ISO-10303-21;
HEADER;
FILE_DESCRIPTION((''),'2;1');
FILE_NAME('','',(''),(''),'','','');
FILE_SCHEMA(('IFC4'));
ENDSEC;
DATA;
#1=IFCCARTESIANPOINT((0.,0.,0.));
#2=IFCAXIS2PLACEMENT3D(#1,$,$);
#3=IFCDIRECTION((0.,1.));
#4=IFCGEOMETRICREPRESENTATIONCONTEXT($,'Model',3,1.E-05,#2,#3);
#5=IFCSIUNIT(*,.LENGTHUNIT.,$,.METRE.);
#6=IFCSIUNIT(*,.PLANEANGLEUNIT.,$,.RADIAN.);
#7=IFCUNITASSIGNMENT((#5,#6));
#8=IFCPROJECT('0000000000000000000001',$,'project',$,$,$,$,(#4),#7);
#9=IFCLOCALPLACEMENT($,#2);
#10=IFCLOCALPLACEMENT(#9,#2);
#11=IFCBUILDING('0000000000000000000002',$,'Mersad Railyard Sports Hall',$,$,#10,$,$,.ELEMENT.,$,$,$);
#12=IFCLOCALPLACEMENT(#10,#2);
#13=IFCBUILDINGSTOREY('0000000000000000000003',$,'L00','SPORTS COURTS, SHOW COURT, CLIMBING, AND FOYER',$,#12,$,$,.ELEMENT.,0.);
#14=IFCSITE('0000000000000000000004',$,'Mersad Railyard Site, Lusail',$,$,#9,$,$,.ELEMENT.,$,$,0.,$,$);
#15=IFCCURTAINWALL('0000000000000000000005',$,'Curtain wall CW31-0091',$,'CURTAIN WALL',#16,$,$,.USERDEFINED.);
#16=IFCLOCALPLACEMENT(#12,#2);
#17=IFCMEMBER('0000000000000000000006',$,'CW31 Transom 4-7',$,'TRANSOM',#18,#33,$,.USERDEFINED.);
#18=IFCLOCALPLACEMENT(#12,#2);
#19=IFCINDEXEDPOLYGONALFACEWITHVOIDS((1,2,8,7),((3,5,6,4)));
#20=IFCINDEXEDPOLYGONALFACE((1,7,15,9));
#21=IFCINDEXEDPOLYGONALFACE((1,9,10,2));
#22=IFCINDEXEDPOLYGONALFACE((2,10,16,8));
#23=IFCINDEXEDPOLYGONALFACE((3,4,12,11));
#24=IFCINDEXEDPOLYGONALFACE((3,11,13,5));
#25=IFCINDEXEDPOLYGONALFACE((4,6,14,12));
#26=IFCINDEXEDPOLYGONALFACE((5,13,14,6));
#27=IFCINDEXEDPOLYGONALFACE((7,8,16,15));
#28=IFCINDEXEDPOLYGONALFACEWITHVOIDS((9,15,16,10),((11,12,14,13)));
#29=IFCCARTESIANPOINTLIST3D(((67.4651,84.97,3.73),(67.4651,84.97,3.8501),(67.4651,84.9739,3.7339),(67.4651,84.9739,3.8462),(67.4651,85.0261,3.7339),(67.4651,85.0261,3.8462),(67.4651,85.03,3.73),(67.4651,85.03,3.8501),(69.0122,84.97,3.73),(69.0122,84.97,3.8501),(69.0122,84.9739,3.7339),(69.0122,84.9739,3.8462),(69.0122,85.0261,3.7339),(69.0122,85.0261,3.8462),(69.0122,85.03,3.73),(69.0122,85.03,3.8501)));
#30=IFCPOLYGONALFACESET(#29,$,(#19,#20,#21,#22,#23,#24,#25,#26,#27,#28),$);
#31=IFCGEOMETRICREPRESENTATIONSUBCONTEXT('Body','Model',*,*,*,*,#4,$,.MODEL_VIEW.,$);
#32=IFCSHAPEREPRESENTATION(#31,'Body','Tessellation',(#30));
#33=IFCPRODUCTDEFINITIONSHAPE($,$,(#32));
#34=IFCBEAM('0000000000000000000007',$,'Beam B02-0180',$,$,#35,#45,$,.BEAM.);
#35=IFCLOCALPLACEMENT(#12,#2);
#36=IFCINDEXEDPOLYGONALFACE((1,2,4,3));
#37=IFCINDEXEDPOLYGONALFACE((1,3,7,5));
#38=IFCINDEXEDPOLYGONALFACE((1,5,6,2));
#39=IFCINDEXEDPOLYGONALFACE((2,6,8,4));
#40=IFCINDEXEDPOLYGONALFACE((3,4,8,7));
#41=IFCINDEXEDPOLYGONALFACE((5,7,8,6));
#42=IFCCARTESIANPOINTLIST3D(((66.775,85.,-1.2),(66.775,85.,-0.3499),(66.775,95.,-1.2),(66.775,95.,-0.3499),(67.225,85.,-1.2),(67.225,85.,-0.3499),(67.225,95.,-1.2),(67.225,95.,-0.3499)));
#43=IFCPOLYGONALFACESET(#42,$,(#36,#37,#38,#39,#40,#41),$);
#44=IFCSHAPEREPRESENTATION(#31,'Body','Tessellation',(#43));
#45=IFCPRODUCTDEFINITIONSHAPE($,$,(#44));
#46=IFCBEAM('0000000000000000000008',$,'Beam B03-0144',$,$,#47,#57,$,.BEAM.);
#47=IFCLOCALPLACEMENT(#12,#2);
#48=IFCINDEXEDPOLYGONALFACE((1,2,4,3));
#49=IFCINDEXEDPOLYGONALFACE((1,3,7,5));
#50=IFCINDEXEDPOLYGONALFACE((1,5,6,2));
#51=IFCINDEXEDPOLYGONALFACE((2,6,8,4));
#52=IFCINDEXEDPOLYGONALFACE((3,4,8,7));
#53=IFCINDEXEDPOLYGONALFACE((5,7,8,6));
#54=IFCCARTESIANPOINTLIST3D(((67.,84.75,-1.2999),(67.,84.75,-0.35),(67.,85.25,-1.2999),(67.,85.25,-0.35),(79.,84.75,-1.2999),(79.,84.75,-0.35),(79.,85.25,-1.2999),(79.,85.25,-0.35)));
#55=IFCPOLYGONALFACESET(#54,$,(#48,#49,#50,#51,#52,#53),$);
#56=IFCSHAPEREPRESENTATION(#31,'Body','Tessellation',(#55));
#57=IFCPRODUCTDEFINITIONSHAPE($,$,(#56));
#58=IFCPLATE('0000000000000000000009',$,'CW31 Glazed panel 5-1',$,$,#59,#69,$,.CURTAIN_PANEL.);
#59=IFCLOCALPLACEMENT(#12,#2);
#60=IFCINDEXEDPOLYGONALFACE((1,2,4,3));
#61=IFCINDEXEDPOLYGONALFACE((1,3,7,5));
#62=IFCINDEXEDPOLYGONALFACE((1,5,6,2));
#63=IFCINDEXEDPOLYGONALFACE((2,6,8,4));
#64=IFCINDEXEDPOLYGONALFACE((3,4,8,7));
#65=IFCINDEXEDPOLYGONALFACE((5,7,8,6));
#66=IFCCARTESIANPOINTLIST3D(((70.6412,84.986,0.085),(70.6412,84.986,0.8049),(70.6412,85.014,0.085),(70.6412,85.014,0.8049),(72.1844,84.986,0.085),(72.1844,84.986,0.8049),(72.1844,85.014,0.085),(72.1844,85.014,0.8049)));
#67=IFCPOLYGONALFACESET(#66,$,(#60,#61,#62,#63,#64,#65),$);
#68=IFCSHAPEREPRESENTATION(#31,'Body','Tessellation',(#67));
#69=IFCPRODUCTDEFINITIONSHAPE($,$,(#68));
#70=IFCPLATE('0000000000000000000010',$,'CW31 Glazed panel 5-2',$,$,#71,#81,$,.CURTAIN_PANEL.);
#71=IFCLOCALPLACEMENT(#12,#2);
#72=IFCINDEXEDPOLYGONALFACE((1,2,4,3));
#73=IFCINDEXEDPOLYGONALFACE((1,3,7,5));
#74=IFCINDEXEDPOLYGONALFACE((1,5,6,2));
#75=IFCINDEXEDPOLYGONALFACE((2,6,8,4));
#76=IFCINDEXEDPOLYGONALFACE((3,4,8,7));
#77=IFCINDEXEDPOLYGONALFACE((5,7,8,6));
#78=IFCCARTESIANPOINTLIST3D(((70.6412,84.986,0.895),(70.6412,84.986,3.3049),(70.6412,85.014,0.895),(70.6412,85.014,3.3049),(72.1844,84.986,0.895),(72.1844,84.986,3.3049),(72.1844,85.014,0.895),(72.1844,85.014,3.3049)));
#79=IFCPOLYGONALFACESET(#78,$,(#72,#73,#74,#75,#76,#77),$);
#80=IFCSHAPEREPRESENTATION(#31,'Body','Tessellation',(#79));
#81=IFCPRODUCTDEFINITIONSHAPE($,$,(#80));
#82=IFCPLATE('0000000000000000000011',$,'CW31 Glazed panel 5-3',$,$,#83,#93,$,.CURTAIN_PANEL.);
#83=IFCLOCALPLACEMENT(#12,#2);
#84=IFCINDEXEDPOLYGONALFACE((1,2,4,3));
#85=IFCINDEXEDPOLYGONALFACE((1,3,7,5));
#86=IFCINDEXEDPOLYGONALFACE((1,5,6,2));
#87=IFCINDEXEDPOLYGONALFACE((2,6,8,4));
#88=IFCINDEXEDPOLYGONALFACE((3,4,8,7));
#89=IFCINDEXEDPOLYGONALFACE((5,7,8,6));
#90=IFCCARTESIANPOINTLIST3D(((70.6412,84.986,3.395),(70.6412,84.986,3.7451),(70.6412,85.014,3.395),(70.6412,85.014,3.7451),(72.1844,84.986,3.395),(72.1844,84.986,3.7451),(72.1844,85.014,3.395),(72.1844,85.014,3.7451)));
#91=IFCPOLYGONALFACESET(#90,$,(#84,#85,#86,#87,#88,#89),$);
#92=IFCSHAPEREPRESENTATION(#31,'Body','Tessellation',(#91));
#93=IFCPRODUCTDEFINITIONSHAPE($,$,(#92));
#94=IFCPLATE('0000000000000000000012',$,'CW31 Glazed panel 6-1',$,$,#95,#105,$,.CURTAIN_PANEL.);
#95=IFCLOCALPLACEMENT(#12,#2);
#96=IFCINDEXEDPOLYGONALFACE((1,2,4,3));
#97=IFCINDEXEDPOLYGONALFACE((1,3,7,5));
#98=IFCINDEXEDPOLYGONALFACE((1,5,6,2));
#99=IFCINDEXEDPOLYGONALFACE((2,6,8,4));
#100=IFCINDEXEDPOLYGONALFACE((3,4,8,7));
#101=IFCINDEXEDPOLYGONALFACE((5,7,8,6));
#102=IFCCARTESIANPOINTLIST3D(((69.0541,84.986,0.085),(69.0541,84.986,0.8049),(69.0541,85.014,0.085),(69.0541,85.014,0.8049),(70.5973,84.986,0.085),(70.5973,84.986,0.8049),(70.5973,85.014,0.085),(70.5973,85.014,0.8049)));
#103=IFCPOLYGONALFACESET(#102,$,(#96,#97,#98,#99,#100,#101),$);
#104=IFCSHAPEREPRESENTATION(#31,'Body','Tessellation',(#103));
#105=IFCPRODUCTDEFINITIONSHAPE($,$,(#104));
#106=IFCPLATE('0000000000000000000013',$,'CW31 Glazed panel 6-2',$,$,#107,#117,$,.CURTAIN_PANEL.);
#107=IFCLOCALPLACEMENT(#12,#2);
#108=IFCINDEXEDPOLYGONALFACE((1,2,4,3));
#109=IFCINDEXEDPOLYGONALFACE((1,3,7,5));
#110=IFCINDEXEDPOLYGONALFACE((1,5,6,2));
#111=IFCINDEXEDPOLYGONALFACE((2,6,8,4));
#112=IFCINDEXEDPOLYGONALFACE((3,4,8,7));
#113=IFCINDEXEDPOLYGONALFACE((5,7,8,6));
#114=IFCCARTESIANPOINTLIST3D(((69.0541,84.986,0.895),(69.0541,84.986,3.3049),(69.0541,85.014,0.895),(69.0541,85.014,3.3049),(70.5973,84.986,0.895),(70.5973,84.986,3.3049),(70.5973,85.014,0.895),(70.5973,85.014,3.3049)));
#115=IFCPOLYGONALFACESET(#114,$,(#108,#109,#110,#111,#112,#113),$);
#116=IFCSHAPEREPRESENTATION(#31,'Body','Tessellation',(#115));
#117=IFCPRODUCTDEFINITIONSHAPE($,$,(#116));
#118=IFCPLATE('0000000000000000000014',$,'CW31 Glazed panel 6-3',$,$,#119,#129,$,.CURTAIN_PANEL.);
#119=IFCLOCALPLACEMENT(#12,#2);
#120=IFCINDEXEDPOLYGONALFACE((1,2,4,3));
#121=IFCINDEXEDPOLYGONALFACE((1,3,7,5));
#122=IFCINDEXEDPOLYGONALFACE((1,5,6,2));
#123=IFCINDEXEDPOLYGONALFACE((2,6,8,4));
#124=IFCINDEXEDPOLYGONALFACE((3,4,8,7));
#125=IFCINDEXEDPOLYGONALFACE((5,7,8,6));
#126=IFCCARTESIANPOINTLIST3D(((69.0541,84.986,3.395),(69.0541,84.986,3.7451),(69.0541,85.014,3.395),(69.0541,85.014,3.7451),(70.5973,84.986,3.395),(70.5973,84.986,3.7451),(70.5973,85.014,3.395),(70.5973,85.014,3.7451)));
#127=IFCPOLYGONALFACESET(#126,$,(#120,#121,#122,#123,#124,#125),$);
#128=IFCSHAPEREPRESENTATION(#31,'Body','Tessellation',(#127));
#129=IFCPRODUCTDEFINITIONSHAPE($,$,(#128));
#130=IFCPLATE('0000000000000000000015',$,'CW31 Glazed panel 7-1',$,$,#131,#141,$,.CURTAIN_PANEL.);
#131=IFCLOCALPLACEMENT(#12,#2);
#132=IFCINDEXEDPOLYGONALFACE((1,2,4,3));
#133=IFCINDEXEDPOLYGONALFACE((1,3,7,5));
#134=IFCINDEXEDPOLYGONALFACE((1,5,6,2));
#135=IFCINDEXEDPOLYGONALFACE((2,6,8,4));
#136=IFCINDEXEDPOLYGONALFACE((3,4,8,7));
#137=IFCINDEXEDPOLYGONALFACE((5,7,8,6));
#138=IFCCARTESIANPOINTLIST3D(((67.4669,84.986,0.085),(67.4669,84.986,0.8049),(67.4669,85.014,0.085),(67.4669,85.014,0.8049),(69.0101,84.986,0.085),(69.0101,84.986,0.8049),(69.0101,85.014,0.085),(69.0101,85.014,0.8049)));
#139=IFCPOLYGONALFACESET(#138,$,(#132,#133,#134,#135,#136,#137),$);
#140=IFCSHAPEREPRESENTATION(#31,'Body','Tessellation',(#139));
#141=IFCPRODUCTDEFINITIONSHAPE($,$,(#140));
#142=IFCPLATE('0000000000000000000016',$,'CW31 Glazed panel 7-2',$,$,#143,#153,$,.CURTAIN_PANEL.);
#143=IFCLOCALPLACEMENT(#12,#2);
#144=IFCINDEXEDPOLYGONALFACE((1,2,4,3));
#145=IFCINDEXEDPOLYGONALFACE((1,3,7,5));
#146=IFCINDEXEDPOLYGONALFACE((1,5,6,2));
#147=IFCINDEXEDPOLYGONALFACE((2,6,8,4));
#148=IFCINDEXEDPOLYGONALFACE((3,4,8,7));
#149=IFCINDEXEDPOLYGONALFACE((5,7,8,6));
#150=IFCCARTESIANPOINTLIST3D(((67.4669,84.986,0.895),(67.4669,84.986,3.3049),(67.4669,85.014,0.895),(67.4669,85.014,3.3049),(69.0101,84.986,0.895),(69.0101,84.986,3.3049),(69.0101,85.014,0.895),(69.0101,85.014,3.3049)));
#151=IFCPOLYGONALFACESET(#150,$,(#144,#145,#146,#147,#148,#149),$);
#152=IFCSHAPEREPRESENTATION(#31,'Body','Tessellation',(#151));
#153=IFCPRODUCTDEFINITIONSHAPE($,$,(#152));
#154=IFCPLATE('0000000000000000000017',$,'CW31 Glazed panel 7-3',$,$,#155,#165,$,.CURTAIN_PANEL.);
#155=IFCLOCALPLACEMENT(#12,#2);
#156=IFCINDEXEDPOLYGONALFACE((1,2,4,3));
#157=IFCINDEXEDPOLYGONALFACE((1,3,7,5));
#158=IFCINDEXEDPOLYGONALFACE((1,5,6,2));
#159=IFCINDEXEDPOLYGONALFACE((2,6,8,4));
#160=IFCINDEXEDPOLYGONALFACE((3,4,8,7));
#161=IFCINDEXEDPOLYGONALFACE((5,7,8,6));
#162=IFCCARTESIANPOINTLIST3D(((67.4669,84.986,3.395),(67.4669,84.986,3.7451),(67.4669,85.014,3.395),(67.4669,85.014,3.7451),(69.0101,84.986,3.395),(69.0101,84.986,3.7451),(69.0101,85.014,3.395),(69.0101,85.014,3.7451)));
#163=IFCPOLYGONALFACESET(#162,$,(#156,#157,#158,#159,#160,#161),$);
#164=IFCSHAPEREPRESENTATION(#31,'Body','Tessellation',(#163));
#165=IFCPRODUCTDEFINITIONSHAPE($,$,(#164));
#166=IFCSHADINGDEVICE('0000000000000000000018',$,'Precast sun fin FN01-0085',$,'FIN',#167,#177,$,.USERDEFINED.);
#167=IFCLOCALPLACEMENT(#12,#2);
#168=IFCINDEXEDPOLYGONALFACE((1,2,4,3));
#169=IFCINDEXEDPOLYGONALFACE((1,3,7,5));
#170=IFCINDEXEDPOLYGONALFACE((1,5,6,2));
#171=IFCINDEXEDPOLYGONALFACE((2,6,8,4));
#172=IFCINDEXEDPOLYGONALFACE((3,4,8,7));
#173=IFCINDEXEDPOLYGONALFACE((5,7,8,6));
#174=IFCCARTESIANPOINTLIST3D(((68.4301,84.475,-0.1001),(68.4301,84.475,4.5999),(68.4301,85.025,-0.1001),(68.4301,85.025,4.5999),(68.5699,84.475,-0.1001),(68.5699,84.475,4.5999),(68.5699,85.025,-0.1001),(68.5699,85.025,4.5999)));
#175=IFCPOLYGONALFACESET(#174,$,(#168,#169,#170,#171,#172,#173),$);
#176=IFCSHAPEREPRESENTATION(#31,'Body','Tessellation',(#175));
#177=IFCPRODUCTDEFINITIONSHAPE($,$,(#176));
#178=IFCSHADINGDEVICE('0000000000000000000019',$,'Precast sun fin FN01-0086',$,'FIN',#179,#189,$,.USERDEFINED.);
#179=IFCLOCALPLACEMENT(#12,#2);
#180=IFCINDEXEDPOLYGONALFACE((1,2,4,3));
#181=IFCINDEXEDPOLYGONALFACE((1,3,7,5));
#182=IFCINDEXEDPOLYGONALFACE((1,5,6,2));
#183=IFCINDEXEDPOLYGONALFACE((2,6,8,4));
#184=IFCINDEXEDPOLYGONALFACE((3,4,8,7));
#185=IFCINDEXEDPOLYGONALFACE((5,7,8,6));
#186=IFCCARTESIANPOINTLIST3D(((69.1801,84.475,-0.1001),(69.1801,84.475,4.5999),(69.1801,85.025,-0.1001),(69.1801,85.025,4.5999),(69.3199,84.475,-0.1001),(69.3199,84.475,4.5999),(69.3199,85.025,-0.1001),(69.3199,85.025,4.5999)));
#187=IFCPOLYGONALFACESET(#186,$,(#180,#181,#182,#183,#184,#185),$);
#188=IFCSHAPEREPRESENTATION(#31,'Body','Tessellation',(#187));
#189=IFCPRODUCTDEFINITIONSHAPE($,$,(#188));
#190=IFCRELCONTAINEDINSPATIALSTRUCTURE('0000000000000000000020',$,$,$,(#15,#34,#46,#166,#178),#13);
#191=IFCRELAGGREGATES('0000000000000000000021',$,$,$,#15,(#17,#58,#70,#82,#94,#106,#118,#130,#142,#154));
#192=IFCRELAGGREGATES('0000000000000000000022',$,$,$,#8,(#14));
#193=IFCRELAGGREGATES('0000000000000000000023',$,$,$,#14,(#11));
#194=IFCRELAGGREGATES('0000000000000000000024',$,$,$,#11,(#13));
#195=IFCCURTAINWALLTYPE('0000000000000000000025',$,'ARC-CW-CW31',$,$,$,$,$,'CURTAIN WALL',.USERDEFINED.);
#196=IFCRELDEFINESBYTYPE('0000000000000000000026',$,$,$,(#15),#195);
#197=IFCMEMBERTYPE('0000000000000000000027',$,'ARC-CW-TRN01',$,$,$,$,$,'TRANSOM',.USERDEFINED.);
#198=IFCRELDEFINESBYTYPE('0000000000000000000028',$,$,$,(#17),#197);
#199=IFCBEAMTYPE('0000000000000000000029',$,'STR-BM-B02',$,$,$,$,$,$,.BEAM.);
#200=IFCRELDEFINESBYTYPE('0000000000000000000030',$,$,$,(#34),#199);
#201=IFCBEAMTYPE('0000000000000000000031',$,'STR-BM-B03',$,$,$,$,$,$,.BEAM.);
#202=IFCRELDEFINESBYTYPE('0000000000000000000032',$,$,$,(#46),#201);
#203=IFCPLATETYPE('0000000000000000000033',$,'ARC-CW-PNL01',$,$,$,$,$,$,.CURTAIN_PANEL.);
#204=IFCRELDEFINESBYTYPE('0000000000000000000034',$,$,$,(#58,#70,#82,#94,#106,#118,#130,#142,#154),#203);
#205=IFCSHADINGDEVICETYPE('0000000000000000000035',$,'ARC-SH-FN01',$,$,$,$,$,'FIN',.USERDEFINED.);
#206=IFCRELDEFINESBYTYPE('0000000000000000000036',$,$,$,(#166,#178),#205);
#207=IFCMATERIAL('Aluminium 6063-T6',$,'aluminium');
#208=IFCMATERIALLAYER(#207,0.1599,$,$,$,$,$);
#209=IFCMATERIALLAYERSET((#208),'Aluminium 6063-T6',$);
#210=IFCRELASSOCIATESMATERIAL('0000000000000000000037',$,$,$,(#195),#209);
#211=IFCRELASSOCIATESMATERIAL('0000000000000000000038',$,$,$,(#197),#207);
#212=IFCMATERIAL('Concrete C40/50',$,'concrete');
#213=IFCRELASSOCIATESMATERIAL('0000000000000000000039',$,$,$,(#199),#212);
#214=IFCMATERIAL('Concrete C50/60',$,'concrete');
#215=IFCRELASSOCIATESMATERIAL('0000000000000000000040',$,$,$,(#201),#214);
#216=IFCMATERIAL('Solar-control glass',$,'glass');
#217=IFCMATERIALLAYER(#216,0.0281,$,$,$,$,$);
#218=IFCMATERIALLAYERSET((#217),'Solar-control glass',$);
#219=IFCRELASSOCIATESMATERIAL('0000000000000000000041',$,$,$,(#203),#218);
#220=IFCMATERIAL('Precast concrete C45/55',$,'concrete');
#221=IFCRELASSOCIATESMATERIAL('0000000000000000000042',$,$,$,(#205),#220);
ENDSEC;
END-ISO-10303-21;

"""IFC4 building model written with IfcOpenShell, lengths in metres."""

from ifc_helpers import new_model, si_unit, direction, frame, origin, origin_2d, place, context, subcontext, project, spatial, rectangle, hollow_rectangle, extrude, material, layer, layer_set, material_profile, profile_set, type_object, element, aggregate, save


model = new_model("IFC4")

# Units and contexts
model_context = context("Model", 3, precision=1e-05, world=origin(), true_north=direction((0.0, 1.0)))
body_context = subcontext(model_context, "Body", "Model", "MODEL_VIEW")
ifc_project = project(units=[si_unit("LENGTHUNIT", "METRE"), si_unit("PLANEANGLEUNIT", "RADIAN")], contexts=[model_context])

# Site, building, storey
site_placement = place(None, origin())
site = spatial("IfcSite", under=ifc_project, at=site_placement, Name="Mersad Railyard Site, Lusail", CompositionType="ELEMENT", RefElevation=0.0)
building_placement = place(site_placement, origin())
building = spatial("IfcBuilding", under=site, at=building_placement, Name="Mersad Railyard Sports Hall", CompositionType="ELEMENT")
storey_placement = place(building_placement, origin())
storey = spatial("IfcBuildingStorey", under=building, at=storey_placement, Name="L00", Description="SPORTS COURTS, SHOW COURT, CLIMBING, AND FOYER", CompositionType="ELEMENT", Elevation=0.0)

# Curtain wall, member
ifc_material_1 = material(Name="Aluminium 6063-T6", Category="aluminium")
ifc_layer_1 = layer(ifc_material_1, 0.1599)
ifc_layer_set_1 = layer_set([ifc_layer_1], Name="Aluminium 6063-T6")
curtain_wall_type = type_object("IfcCurtainWallType", Name="ARC-CW-CW31", ElementType="CURTAIN WALL", PredefinedType="USERDEFINED", material=ifc_layer_set_1)
curtain_wall_placement = place(storey_placement, origin())
curtain_wall = element("IfcCurtainWall", 1, at=curtain_wall_placement, inside=storey, type_object=curtain_wall_type, Name="Curtain wall CW31-0091", ObjectType="CURTAIN WALL", PredefinedType="USERDEFINED")
ifc_material_profile_1 = material_profile(ifc_material_1, hollow_rectangle(XDim=0.0601, YDim=0.1201, WallThickness=0.0039, at=origin_2d()), Name="AL TRANSOM 60x120x4")
ifc_profile_set_1 = profile_set([ifc_material_profile_1], Name="Aluminium 6063-T6")
member_type_1 = type_object("IfcMemberType", Name="ARC-CW-TRN01", ElementType="TRANSOM", PredefinedType="USERDEFINED", material=ifc_profile_set_1)
member_1_placement = place(storey_placement, frame((69.0122, 85.0, 3.79), z_axis=(-1.0, 0.0, 0.0), x_axis=(0.0, -1.0, 0.0)))
member_1 = element("IfcMember", 2, at=member_1_placement, type_object=member_type_1, Name="CW31 Transom 4-7", ObjectType="TRANSOM", PredefinedType="USERDEFINED", context=body_context, shape_type="SweptSolid", body=[
    extrude(hollow_rectangle(XDim=0.0601, YDim=0.1201, WallThickness=0.0039, at=origin_2d()), origin(), (0.0, 0.0, 1.0), 1.5471),
])

# Beams
ifc_material_2 = material(Name="Concrete C40/50", Category="concrete")
ifc_material_profile_2 = material_profile(ifc_material_2, rectangle(XDim=0.45, YDim=0.8501, at=origin_2d()), Name="RC 450x850")
ifc_profile_set_2 = profile_set([ifc_material_profile_2], Name="Concrete C40/50")
beam_type_1 = type_object("IfcBeamType", Name="STR-BM-B02", PredefinedType="BEAM", material=ifc_profile_set_2)
beam_1_placement = place(storey_placement, frame((67.0, 85.0, -0.7749), z_axis=(0.0, 1.0, 0.0), x_axis=(-1.0, 0.0, 0.0)))
element("IfcBeam", 3, at=beam_1_placement, inside=storey, type_object=beam_type_1, Name="Beam B02-0180", PredefinedType="BEAM", context=body_context, shape_type="SweptSolid", body=[
    extrude(rectangle(XDim=0.45, YDim=0.8501, at=origin_2d()), origin(), (0.0, 0.0, 1.0), 10.0),
])
ifc_material_3 = material(Name="Concrete C50/60", Category="concrete")
ifc_material_profile_3 = material_profile(ifc_material_3, rectangle(XDim=0.5, YDim=0.95, at=origin_2d()), Name="RC 500x950")
ifc_profile_set_3 = profile_set([ifc_material_profile_3], Name="Concrete C50/60")
beam_type_2 = type_object("IfcBeamType", Name="STR-BM-B03", PredefinedType="BEAM", material=ifc_profile_set_3)
beam_2_placement = place(storey_placement, frame((67.0, 85.0, -0.825), z_axis=(1.0, 0.0, 0.0), x_axis=(0.0, 1.0, 0.0)))
element("IfcBeam", 4, at=beam_2_placement, inside=storey, type_object=beam_type_2, Name="Beam B03-0144", PredefinedType="BEAM", context=body_context, shape_type="SweptSolid", body=[
    extrude(rectangle(XDim=0.5, YDim=0.95, at=origin_2d()), origin(), (0.0, 0.0, 1.0), 12.0),
])

# Plates
ifc_material_4 = material(Name="Solar-control glass", Category="glass")
ifc_layer_2 = layer(ifc_material_4, 0.0281)
ifc_layer_set_2 = layer_set([ifc_layer_2], Name="Solar-control glass")
plate_type = type_object("IfcPlateType", Name="ARC-CW-PNL01", PredefinedType="CURTAIN_PANEL", material=ifc_layer_set_2)
plate_1_placement = place(storey_placement, frame((71.4128, 85.0, 0.085), z_axis=(0.0, 0.0, 1.0), x_axis=(-1.0, 0.0, 0.0)))
plate_1 = element("IfcPlate", 5, at=plate_1_placement, type_object=plate_type, Name="CW31 Glazed panel 5-1", PredefinedType="CURTAIN_PANEL", context=body_context, shape_type="SweptSolid", body=[
    extrude(rectangle(XDim=1.5432, YDim=0.0281, at=origin_2d()), origin(), (0.0, 0.0, 1.0), 0.72),
])
plate_2_placement = place(storey_placement, frame((71.4128, 85.0, 0.895), z_axis=(0.0, 0.0, 1.0), x_axis=(-1.0, 0.0, 0.0)))
plate_2 = element("IfcPlate", 6, at=plate_2_placement, type_object=plate_type, Name="CW31 Glazed panel 5-2", PredefinedType="CURTAIN_PANEL", context=body_context, shape_type="SweptSolid", body=[
    extrude(rectangle(XDim=1.5432, YDim=0.0281, at=origin_2d()), origin(), (0.0, 0.0, 1.0), 2.4099),
])
plate_3_placement = place(storey_placement, frame((71.4128, 85.0, 3.395), z_axis=(0.0, 0.0, 1.0), x_axis=(-1.0, 0.0, 0.0)))
plate_3 = element("IfcPlate", 7, at=plate_3_placement, type_object=plate_type, Name="CW31 Glazed panel 5-3", PredefinedType="CURTAIN_PANEL", context=body_context, shape_type="SweptSolid", body=[
    extrude(rectangle(XDim=1.5432, YDim=0.0281, at=origin_2d()), origin(), (0.0, 0.0, 1.0), 0.3501),
])
plate_4_placement = place(storey_placement, frame((69.8257, 85.0, 0.085), z_axis=(0.0, 0.0, 1.0), x_axis=(-1.0, 0.0, 0.0)))
plate_4 = element("IfcPlate", 8, at=plate_4_placement, type_object=plate_type, Name="CW31 Glazed panel 6-1", PredefinedType="CURTAIN_PANEL", context=body_context, shape_type="SweptSolid", body=[
    extrude(rectangle(XDim=1.5432, YDim=0.0281, at=origin_2d()), origin(), (0.0, 0.0, 1.0), 0.72),
])
plate_5_placement = place(storey_placement, frame((69.8257, 85.0, 0.895), z_axis=(0.0, 0.0, 1.0), x_axis=(-1.0, 0.0, 0.0)))
plate_5 = element("IfcPlate", 9, at=plate_5_placement, type_object=plate_type, Name="CW31 Glazed panel 6-2", PredefinedType="CURTAIN_PANEL", context=body_context, shape_type="SweptSolid", body=[
    extrude(rectangle(XDim=1.5432, YDim=0.0281, at=origin_2d()), origin(), (0.0, 0.0, 1.0), 2.4099),
])
plate_6_placement = place(storey_placement, frame((69.8257, 85.0, 3.395), z_axis=(0.0, 0.0, 1.0), x_axis=(-1.0, 0.0, 0.0)))
plate_6 = element("IfcPlate", 10, at=plate_6_placement, type_object=plate_type, Name="CW31 Glazed panel 6-3", PredefinedType="CURTAIN_PANEL", context=body_context, shape_type="SweptSolid", body=[
    extrude(rectangle(XDim=1.5432, YDim=0.0281, at=origin_2d()), origin(), (0.0, 0.0, 1.0), 0.3501),
])
plate_7_placement = place(storey_placement, frame((68.2385, 85.0, 0.085), z_axis=(0.0, 0.0, 1.0), x_axis=(-1.0, 0.0, 0.0)))
plate_7 = element("IfcPlate", 11, at=plate_7_placement, type_object=plate_type, Name="CW31 Glazed panel 7-1", PredefinedType="CURTAIN_PANEL", context=body_context, shape_type="SweptSolid", body=[
    extrude(rectangle(XDim=1.5432, YDim=0.0281, at=origin_2d()), origin(), (0.0, 0.0, 1.0), 0.72),
])
plate_8_placement = place(storey_placement, frame((68.2385, 85.0, 0.895), z_axis=(0.0, 0.0, 1.0), x_axis=(-1.0, 0.0, 0.0)))
plate_8 = element("IfcPlate", 12, at=plate_8_placement, type_object=plate_type, Name="CW31 Glazed panel 7-2", PredefinedType="CURTAIN_PANEL", context=body_context, shape_type="SweptSolid", body=[
    extrude(rectangle(XDim=1.5432, YDim=0.0281, at=origin_2d()), origin(), (0.0, 0.0, 1.0), 2.4099),
])
plate_9_placement = place(storey_placement, frame((68.2385, 85.0, 3.395), z_axis=(0.0, 0.0, 1.0), x_axis=(-1.0, 0.0, 0.0)))
plate_9 = element("IfcPlate", 13, at=plate_9_placement, type_object=plate_type, Name="CW31 Glazed panel 7-3", PredefinedType="CURTAIN_PANEL", context=body_context, shape_type="SweptSolid", body=[
    extrude(rectangle(XDim=1.5432, YDim=0.0281, at=origin_2d()), origin(), (0.0, 0.0, 1.0), 0.3501),
])
aggregate(curtain_wall, [member_1, plate_1, plate_2, plate_3, plate_4, plate_5, plate_6, plate_7, plate_8, plate_9])

# Shading devices
ifc_material_5 = material(Name="Precast concrete C45/55", Category="concrete")
shading_device_type = type_object("IfcShadingDeviceType", Name="ARC-SH-FN01", ElementType="FIN", PredefinedType="USERDEFINED", material=ifc_material_5)
for number, where, z_axis, x_axis, name in (
    (14, (68.5, 84.75, -0.1001), (0.0, 0.0, 1.0), (1.0, 0.0, 0.0), "Precast sun fin FN01-0085"),
    (15, (69.25, 84.75, -0.1001), (0.0, 0.0, 1.0), (1.0, 0.0, 0.0), "Precast sun fin FN01-0086"),
):
    element("IfcShadingDevice", number, at=place(storey_placement, frame(where, z_axis=z_axis, x_axis=x_axis)), inside=storey, type_object=shading_device_type, Name=name, ObjectType="FIN", PredefinedType="USERDEFINED", context=body_context, shape_type="SweptSolid", body=[
        extrude(rectangle(XDim=0.1399, YDim=0.55, at=origin_2d()), origin(), (0.0, 0.0, 1.0), 4.7),
    ])

save(model, "model.ifc")
